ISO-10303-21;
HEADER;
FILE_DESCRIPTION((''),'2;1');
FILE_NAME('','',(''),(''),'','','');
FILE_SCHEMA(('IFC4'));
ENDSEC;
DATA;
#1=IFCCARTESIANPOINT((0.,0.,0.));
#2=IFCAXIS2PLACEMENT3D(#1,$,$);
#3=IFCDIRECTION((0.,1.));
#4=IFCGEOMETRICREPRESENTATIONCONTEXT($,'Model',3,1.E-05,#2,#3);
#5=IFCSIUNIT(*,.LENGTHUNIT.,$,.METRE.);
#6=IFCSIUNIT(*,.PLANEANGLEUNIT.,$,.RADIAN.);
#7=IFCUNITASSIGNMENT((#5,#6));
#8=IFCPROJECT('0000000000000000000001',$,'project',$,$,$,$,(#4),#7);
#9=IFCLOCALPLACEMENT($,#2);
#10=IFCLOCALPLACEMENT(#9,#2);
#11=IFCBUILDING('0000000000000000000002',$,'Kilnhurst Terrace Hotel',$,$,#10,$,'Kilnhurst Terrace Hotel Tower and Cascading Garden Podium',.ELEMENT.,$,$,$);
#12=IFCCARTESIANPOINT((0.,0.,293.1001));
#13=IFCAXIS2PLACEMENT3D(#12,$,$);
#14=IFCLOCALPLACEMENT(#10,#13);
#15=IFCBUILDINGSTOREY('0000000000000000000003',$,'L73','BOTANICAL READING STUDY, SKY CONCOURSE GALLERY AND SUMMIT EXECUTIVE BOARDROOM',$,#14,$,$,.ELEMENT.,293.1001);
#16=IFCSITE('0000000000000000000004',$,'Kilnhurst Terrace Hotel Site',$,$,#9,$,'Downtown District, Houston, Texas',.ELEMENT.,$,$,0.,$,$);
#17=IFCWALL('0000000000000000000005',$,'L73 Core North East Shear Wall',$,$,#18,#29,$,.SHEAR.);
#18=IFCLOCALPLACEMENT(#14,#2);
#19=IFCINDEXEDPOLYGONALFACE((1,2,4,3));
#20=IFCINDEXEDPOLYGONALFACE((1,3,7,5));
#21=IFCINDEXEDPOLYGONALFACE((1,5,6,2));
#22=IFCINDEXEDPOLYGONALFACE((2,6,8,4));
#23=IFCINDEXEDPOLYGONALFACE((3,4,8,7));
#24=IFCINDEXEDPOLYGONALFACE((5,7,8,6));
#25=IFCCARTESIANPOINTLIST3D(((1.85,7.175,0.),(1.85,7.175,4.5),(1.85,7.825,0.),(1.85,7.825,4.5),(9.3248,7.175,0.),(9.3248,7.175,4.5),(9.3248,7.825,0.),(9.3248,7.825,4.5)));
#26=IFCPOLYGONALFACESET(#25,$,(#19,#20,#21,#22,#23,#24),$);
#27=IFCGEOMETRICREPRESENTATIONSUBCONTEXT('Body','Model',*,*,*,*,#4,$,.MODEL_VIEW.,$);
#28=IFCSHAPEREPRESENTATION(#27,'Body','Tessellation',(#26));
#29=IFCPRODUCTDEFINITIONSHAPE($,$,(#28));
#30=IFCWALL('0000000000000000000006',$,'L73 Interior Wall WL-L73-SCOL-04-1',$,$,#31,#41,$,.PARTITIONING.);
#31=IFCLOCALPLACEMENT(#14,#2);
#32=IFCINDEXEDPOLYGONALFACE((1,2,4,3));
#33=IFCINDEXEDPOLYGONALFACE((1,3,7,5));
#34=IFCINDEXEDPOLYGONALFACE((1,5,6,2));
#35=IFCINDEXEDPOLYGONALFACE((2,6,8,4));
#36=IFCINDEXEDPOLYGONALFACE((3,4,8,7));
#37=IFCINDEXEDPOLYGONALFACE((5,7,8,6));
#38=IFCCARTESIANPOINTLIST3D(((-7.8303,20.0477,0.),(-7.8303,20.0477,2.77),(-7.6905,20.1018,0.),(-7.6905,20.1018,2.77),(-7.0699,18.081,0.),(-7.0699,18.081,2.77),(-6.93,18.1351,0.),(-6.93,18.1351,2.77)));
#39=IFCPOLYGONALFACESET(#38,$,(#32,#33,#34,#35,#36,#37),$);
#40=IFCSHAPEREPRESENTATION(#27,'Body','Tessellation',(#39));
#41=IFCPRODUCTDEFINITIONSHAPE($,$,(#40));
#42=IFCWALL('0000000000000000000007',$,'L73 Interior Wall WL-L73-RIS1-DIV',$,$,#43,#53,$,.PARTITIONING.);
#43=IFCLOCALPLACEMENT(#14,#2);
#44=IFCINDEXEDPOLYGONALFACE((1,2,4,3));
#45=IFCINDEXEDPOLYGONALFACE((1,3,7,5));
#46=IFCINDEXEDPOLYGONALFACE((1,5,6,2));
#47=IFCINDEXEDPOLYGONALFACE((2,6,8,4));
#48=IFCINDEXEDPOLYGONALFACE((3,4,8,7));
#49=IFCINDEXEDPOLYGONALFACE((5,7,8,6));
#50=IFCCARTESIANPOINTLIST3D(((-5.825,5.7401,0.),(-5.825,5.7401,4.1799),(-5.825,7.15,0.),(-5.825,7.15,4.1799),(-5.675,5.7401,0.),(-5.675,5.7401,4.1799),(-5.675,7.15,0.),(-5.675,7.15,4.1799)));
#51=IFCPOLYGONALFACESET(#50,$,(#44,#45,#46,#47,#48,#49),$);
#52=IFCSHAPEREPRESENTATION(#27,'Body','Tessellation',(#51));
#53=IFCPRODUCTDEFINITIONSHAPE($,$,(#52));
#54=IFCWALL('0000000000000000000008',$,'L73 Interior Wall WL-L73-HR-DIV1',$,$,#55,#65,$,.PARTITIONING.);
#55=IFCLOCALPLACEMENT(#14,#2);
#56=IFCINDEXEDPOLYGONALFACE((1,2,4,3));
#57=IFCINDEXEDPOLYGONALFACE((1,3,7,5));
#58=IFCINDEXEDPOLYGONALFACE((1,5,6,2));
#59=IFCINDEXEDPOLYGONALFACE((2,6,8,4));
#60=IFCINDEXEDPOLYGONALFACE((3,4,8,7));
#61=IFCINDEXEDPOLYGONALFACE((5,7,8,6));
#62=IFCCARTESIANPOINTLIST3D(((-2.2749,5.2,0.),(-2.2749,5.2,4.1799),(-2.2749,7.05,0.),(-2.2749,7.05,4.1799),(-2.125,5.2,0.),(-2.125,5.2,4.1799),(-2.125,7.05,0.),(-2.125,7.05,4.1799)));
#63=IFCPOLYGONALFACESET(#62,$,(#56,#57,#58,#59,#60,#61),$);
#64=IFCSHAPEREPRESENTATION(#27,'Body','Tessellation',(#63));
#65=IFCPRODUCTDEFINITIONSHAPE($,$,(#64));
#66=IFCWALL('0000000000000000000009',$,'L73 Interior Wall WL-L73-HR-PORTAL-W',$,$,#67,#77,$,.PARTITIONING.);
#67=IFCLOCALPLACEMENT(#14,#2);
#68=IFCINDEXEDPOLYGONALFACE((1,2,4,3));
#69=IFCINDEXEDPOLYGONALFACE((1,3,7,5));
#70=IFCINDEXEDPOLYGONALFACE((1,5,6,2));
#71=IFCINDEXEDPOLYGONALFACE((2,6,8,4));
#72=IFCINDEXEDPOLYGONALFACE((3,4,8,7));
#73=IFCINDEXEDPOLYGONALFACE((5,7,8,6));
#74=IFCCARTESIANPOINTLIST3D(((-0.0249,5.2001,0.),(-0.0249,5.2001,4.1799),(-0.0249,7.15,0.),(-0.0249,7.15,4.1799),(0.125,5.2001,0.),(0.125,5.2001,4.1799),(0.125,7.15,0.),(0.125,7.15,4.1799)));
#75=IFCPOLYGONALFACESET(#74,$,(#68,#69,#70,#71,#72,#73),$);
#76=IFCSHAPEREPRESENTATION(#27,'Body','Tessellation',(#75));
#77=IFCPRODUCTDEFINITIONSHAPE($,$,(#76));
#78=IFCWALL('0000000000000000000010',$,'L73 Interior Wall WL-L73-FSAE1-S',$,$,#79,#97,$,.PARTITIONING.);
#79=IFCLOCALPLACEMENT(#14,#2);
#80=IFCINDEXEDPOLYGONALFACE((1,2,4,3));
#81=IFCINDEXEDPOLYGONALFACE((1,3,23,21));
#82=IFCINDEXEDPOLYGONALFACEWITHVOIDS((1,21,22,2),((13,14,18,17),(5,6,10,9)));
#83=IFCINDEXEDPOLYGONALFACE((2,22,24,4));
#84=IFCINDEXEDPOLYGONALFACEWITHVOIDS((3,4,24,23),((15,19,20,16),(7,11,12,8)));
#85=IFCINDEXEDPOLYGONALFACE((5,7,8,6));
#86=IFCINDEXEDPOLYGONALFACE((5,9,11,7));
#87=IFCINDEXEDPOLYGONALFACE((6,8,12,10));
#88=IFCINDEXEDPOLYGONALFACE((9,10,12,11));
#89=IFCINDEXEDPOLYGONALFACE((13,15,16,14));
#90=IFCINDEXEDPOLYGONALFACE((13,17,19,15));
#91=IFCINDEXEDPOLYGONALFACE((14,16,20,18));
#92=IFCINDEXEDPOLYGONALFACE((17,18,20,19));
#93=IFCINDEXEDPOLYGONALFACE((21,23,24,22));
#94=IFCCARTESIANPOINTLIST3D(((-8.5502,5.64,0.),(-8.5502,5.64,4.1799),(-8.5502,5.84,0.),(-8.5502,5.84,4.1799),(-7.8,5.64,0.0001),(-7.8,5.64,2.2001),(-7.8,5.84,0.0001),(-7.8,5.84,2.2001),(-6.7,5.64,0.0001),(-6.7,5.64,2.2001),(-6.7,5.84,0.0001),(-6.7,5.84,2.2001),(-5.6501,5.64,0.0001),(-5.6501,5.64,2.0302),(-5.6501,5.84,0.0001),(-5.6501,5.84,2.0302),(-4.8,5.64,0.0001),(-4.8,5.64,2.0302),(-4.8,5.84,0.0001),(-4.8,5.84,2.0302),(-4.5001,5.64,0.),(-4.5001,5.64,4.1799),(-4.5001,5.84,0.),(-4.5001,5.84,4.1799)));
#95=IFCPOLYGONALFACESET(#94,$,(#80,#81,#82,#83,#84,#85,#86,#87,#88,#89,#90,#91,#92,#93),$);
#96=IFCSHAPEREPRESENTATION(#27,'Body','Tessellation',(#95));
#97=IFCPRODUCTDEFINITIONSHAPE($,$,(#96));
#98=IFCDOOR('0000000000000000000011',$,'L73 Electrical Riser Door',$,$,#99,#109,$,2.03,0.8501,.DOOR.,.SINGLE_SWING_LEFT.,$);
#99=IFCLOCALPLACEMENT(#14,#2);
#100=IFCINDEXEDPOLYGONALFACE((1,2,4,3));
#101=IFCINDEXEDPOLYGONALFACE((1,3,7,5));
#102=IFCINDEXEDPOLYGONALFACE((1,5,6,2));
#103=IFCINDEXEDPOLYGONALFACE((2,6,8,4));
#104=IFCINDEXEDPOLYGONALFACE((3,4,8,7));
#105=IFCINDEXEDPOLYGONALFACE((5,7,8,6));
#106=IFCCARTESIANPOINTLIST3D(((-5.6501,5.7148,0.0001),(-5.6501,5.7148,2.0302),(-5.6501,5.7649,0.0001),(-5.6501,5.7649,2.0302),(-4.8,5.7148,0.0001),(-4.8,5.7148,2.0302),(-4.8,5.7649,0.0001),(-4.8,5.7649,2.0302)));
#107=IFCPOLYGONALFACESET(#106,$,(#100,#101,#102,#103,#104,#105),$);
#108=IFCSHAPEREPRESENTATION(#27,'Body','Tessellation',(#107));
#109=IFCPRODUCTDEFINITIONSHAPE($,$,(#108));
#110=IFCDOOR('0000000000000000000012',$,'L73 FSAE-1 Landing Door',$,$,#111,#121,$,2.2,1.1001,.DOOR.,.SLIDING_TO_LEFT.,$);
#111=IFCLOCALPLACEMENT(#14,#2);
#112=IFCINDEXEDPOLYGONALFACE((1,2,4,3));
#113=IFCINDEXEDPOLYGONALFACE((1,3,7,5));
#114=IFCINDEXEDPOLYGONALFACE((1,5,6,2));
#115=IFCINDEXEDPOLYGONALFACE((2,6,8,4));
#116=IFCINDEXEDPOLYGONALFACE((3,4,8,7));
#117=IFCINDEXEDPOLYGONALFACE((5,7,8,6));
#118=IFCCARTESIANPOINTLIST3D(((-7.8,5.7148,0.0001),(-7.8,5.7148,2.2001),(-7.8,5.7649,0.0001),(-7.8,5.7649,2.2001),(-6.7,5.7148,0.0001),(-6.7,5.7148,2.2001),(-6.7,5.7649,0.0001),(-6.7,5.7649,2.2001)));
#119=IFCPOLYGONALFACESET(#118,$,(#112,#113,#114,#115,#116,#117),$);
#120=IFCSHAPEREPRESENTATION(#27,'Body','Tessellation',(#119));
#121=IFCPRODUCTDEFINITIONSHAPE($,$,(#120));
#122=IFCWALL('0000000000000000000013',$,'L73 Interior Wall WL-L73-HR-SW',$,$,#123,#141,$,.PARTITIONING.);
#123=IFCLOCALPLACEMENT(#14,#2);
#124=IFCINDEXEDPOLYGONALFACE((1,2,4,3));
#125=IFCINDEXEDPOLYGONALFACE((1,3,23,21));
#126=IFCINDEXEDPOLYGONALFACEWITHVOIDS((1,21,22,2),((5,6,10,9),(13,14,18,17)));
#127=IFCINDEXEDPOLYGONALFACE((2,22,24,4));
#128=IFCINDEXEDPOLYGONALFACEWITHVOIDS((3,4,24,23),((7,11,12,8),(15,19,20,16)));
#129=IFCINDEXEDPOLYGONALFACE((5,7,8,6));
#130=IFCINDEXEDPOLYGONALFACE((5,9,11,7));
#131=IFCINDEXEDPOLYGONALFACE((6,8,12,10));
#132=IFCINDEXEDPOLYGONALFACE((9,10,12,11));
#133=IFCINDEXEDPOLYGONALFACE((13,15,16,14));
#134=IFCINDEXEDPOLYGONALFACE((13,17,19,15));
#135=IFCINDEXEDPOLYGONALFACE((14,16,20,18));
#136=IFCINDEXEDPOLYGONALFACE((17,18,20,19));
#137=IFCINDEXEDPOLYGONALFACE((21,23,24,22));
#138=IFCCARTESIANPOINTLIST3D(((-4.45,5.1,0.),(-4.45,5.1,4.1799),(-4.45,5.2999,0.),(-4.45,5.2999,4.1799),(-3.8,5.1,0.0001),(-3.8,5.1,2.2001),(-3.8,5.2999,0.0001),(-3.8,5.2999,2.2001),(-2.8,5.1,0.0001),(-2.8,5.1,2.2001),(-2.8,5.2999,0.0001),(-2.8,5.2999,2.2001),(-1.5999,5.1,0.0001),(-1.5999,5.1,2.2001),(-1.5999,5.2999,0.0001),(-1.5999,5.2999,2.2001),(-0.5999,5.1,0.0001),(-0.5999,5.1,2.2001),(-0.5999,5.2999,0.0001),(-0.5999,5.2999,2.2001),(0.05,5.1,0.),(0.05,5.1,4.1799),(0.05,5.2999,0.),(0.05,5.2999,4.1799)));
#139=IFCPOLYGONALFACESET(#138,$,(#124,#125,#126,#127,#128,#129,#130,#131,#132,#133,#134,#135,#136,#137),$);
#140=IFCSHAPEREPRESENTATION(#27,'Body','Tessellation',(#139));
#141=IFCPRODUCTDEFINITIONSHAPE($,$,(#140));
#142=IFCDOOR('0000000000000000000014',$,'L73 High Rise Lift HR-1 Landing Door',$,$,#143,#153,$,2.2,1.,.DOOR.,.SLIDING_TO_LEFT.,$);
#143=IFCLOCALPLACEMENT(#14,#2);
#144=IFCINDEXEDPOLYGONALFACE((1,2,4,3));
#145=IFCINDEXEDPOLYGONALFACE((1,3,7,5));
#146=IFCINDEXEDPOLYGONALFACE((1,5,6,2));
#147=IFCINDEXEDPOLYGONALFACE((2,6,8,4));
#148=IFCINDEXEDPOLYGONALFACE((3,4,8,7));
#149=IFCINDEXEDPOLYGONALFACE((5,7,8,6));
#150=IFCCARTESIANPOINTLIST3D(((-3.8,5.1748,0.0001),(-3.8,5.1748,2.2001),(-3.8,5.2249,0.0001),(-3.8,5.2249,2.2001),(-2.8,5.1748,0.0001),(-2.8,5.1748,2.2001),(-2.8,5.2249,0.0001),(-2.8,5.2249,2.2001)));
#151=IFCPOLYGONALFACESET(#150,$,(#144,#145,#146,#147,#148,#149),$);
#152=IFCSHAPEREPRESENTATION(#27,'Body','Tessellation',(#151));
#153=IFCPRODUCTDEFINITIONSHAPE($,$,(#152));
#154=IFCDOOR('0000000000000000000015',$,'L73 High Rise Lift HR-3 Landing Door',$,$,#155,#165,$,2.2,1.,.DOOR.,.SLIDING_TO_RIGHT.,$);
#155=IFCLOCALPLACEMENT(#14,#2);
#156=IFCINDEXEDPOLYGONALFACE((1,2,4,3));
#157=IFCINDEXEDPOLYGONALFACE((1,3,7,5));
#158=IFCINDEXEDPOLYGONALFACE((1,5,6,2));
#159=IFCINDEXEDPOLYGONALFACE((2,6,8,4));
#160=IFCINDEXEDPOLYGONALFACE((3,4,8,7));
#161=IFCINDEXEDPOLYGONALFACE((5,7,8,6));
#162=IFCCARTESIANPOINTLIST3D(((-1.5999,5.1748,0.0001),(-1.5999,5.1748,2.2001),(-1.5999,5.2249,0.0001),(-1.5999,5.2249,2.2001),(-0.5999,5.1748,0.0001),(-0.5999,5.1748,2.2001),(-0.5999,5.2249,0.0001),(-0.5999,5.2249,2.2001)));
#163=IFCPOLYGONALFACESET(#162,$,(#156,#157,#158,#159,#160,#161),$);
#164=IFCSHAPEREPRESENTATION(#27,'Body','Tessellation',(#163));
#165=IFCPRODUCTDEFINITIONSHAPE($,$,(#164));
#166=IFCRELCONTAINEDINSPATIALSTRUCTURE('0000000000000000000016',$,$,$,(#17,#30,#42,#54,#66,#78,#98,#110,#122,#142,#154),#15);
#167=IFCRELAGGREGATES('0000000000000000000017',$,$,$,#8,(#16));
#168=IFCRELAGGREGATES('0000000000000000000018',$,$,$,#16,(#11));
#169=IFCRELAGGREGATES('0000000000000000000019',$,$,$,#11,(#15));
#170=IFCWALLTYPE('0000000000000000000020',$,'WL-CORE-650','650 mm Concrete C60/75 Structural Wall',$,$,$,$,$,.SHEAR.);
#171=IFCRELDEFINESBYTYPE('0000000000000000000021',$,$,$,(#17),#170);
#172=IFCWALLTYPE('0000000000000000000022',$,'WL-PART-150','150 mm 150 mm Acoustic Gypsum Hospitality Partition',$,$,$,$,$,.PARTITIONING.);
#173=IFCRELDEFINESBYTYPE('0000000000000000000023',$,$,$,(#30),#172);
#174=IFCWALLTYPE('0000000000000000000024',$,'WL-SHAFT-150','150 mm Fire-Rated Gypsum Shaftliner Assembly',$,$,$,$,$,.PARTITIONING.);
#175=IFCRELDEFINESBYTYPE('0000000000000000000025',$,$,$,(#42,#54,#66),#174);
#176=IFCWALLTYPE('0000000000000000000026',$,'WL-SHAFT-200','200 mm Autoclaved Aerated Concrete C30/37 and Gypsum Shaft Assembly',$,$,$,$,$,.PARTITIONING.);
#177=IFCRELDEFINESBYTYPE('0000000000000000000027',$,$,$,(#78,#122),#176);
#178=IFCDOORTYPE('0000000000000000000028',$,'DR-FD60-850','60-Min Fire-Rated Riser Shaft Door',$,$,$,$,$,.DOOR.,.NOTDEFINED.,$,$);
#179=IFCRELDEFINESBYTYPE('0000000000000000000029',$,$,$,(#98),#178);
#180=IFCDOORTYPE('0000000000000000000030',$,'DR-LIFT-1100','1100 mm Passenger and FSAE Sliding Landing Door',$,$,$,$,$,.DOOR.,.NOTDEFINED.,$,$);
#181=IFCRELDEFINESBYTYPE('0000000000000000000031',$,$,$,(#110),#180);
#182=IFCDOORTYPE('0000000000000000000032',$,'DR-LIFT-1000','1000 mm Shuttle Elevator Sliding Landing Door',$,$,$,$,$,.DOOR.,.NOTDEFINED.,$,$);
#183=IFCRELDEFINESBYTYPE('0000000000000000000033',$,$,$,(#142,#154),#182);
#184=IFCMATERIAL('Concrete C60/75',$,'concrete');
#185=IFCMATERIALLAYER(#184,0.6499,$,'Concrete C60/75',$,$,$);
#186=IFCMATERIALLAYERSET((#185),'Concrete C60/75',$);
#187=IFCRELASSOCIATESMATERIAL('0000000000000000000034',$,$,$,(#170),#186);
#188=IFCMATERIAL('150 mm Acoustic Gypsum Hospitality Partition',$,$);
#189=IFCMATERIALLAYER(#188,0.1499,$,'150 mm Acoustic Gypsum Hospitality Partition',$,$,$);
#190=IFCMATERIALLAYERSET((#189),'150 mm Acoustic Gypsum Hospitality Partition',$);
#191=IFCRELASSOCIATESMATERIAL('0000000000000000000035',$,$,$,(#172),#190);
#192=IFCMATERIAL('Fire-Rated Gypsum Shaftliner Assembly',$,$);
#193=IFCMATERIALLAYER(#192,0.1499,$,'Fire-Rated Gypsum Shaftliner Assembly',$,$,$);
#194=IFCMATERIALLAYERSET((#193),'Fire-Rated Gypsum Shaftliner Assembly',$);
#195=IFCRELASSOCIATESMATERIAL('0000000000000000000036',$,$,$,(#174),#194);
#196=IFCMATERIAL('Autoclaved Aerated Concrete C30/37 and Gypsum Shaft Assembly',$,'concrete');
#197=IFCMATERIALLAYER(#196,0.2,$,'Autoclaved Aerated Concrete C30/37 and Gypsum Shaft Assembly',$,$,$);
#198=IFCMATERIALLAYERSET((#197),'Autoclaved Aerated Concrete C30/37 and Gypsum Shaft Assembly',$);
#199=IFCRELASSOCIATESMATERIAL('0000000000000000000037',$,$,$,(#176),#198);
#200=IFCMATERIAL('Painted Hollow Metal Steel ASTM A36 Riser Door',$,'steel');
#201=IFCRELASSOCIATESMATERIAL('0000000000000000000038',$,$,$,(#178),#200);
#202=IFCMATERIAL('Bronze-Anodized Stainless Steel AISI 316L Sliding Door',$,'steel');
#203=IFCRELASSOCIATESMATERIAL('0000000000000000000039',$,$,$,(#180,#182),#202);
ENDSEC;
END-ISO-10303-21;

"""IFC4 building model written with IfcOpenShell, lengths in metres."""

from ifc_helpers import new_model, si_unit, direction, frame, frame_2d, origin, place, context, subcontext, project, spatial, rectangle, extrude, material, layer, layer_set, type_object, element, fill, save


model = new_model("IFC4")

# Units and contexts
model_context = context("Model", 3, precision=1e-05, world=origin(), true_north=direction((0.0, 1.0)))
body_context = subcontext(model_context, "Body", "Model", "MODEL_VIEW")
ifc_project = project(units=[si_unit("LENGTHUNIT", "METRE"), si_unit("PLANEANGLEUNIT", "RADIAN")], contexts=[model_context])

# Site, building, storey
site_placement = place(None, origin())
site = spatial("IfcSite", under=ifc_project, at=site_placement, Name="Kilnhurst Terrace Hotel Site", LongName="Downtown District, Houston, Texas", CompositionType="ELEMENT", RefElevation=0.0)
building_placement = place(site_placement, origin())
building = spatial("IfcBuilding", under=site, at=building_placement, Name="Kilnhurst Terrace Hotel", LongName="Kilnhurst Terrace Hotel Tower and Cascading Garden Podium", CompositionType="ELEMENT")
storey_placement = place(building_placement, frame((0.0, 0.0, 293.1001)))
storey = spatial("IfcBuildingStorey", under=building, at=storey_placement, Name="L73", Description="BOTANICAL READING STUDY, SKY CONCOURSE GALLERY AND SUMMIT EXECUTIVE BOARDROOM", CompositionType="ELEMENT", Elevation=293.1001)

# Shared definitions
ifc_material_1 = material(Name="Concrete C60/75", Category="concrete")

# Walls
ifc_layer_1 = layer(ifc_material_1, 0.6499, Name="Concrete C60/75")
ifc_layer_set_1 = layer_set([ifc_layer_1], Name="Concrete C60/75")
wall_type_1 = type_object("IfcWallType", Name="WL-CORE-650", Description="650 mm Concrete C60/75 Structural Wall", PredefinedType="SHEAR", material=ifc_layer_set_1)
wall_1_placement = place(storey_placement, frame((1.8501, 7.5, 0.0), z_axis=(0.0, 0.0, 1.0), x_axis=(1.0, 0.0, 0.0)))
element("IfcWall", 1, at=wall_1_placement, inside=storey, type_object=wall_type_1, Name="L73 Core North East Shear Wall", PredefinedType="SHEAR", context=body_context, shape_type="SweptSolid", body=[
    extrude(rectangle(XDim=7.4749, YDim=0.6499, at=frame_2d((3.7373, 0.0))), origin(), (0.0, 0.0, 1.0), 4.5),
])
ifc_material_2 = material(Name="150 mm Acoustic Gypsum Hospitality Partition")
ifc_layer_2 = layer(ifc_material_2, 0.1499, Name="150 mm Acoustic Gypsum Hospitality Partition")
ifc_layer_set_2 = layer_set([ifc_layer_2], Name="150 mm Acoustic Gypsum Hospitality Partition")
wall_type_2 = type_object("IfcWallType", Name="WL-PART-150", Description="150 mm 150 mm Acoustic Gypsum Hospitality Partition", PredefinedType="PARTITIONING", material=ifc_layer_set_2)
wall_2_placement = place(storey_placement, frame((-7.0, 18.1082, 0.0), z_axis=(0.0, 0.0, 1.0), x_axis=(-0.360647, 0.932703, 0.0)))
element("IfcWall", 2, at=wall_2_placement, inside=storey, type_object=wall_type_2, Name="L73 Interior Wall WL-L73-SCOL-04-1", PredefinedType="PARTITIONING", context=body_context, shape_type="SweptSolid", body=[
    extrude(rectangle(XDim=2.1086, YDim=0.1499, at=frame_2d((1.0542, 0.0))), origin(), (0.0, 0.0, 1.0), 2.77),
])
ifc_material_3 = material(Name="Fire-Rated Gypsum Shaftliner Assembly")
ifc_layer_3 = layer(ifc_material_3, 0.1499, Name="Fire-Rated Gypsum Shaftliner Assembly")
ifc_layer_set_3 = layer_set([ifc_layer_3], Name="Fire-Rated Gypsum Shaftliner Assembly")
wall_type_3 = type_object("IfcWallType", Name="WL-SHAFT-150", Description="150 mm Fire-Rated Gypsum Shaftliner Assembly", PredefinedType="PARTITIONING", material=ifc_layer_set_3)
wall_3_placement = place(storey_placement, frame((-5.75, 5.74, 0.0), z_axis=(0.0, 0.0, 1.0), x_axis=(0.0, 1.0, 0.0)))
element("IfcWall", 3, at=wall_3_placement, inside=storey, type_object=wall_type_3, Name="L73 Interior Wall WL-L73-RIS1-DIV", PredefinedType="PARTITIONING", context=body_context, shape_type="SweptSolid", body=[
    extrude(rectangle(XDim=1.4099, YDim=0.1499, at=frame_2d((0.7051, 0.0))), origin(), (0.0, 0.0, 1.0), 4.1799),
])
wall_4_placement = place(storey_placement, frame((-2.2, 5.2, 0.0), z_axis=(0.0, 0.0, 1.0), x_axis=(0.0, 1.0, 0.0)))
element("IfcWall", 4, at=wall_4_placement, inside=storey, type_object=wall_type_3, Name="L73 Interior Wall WL-L73-HR-DIV1", PredefinedType="PARTITIONING", context=body_context, shape_type="SweptSolid", body=[
    extrude(rectangle(XDim=1.8501, YDim=0.1499, at=frame_2d((0.925, 0.0))), origin(), (0.0, 0.0, 1.0), 4.1799),
])
wall_5_placement = place(storey_placement, frame((0.05, 5.2, 0.0), z_axis=(0.0, 0.0, 1.0), x_axis=(0.0, 1.0, 0.0)))
element("IfcWall", 5, at=wall_5_placement, inside=storey, type_object=wall_type_3, Name="L73 Interior Wall WL-L73-HR-PORTAL-W", PredefinedType="PARTITIONING", context=body_context, shape_type="SweptSolid", body=[
    extrude(rectangle(XDim=1.95, YDim=0.1499, at=frame_2d((0.9751, 0.0))), origin(), (0.0, 0.0, 1.0), 4.1799),
])

# Walls, openings, doors
ifc_material_4 = material(Name="Autoclaved Aerated Concrete C30/37 and Gypsum Shaft Assembly", Category="concrete")
ifc_layer_4 = layer(ifc_material_4, 0.2, Name="Autoclaved Aerated Concrete C30/37 and Gypsum Shaft Assembly")
ifc_layer_set_4 = layer_set([ifc_layer_4], Name="Autoclaved Aerated Concrete C30/37 and Gypsum Shaft Assembly")
wall_type_4 = type_object("IfcWallType", Name="WL-SHAFT-200", Description="200 mm Autoclaved Aerated Concrete C30/37 and Gypsum Shaft Assembly", PredefinedType="PARTITIONING", material=ifc_layer_set_4)
wall_6_placement = place(storey_placement, frame((-8.55, 5.74, 0.0), z_axis=(0.0, 0.0, 1.0), x_axis=(1.0, 0.0, 0.0)))
wall_6 = element("IfcWall", 6, at=wall_6_placement, inside=storey, type_object=wall_type_4, Name="L73 Interior Wall WL-L73-FSAE1-S", PredefinedType="PARTITIONING", context=body_context, shape_type="SweptSolid", body=[
    extrude(rectangle(XDim=4.05, YDim=0.2, at=frame_2d((2.0249, 0.0))), origin(), (0.0, 0.0, 1.0), 4.1799),
])
opening_1_placement = place(wall_6_placement, frame((0.75, 0.0, 0.0)))
opening_1 = element("IfcOpeningElement", 7, at=opening_1_placement, cuts=wall_6, PredefinedType="OPENING", context=body_context, shape_type="SweptSolid", body=[
    extrude(rectangle(XDim=1.1001, YDim=2.2, at=frame_2d((0.55, 1.1001))), frame((0.0, 0.1099, 0.0), z_axis=(0.0, -1.0, 0.0), x_axis=(1.0, 0.0, 0.0)), (0.0, 0.0, 1.0), 0.22),
])
opening_2_placement = place(wall_6_placement, frame((2.8999, 0.0, 0.0)))
opening_2 = element("IfcOpeningElement", 8, at=opening_2_placement, cuts=wall_6, PredefinedType="OPENING", context=body_context, shape_type="SweptSolid", body=[
    extrude(rectangle(XDim=0.8501, YDim=2.03, at=frame_2d((0.425, 1.0151))), frame((0.0, 0.1099, 0.0), z_axis=(0.0, -1.0, 0.0), x_axis=(1.0, 0.0, 0.0)), (0.0, 0.0, 1.0), 0.22),
])
ifc_material_5 = material(Name="Painted Hollow Metal Steel ASTM A36 Riser Door", Category="steel")
door_type_1 = type_object("IfcDoorType", Name="DR-FD60-850", Description="60-Min Fire-Rated Riser Shaft Door", OperationType="NOTDEFINED", PredefinedType="DOOR", material=ifc_material_5)
door_1_placement = place(opening_2_placement, origin())
door_1 = element("IfcDoor", 9, at=door_1_placement, inside=storey, type_object=door_type_1, Name="L73 Electrical Riser Door", OperationType="SINGLE_SWING_LEFT", OverallHeight=2.03, OverallWidth=0.8501, PredefinedType="DOOR", context=body_context, shape_type="SweptSolid", body=[
    extrude(rectangle(XDim=0.8501, YDim=2.03, at=frame_2d((0.425, 1.0151))), frame((0.0, 0.0249, 0.0), z_axis=(0.0, -1.0, 0.0), x_axis=(1.0, 0.0, 0.0)), (0.0, 0.0, 1.0), 0.05),
])
fill(opening_2, door_1)
ifc_material_6 = material(Name="Bronze-Anodized Stainless Steel AISI 316L Sliding Door", Category="steel")
door_type_2 = type_object("IfcDoorType", Name="DR-LIFT-1100", Description="1100 mm Passenger and FSAE Sliding Landing Door", OperationType="NOTDEFINED", PredefinedType="DOOR", material=ifc_material_6)
door_2_placement = place(opening_1_placement, origin())
door_2 = element("IfcDoor", 10, at=door_2_placement, inside=storey, type_object=door_type_2, Name="L73 FSAE-1 Landing Door", OperationType="SLIDING_TO_LEFT", OverallHeight=2.2, OverallWidth=1.1001, PredefinedType="DOOR", context=body_context, shape_type="SweptSolid", body=[
    extrude(rectangle(XDim=1.1001, YDim=2.2, at=frame_2d((0.55, 1.1001))), frame((0.0, 0.0249, 0.0), z_axis=(0.0, -1.0, 0.0), x_axis=(1.0, 0.0, 0.0)), (0.0, 0.0, 1.0), 0.05),
])
fill(opening_1, door_2)
wall_7_placement = place(storey_placement, frame((-4.45, 5.2, 0.0), z_axis=(0.0, 0.0, 1.0), x_axis=(1.0, 0.0, 0.0)))
wall_7 = element("IfcWall", 11, at=wall_7_placement, inside=storey, type_object=wall_type_4, Name="L73 Interior Wall WL-L73-HR-SW", PredefinedType="PARTITIONING", context=body_context, shape_type="SweptSolid", body=[
    extrude(rectangle(XDim=4.5, YDim=0.2, at=frame_2d((2.25, 0.0))), origin(), (0.0, 0.0, 1.0), 4.1799),
])
opening_3_placement = place(wall_7_placement, frame((0.6499, 0.0, 0.0)))
opening_3 = element("IfcOpeningElement", 12, at=opening_3_placement, cuts=wall_7, PredefinedType="OPENING", context=body_context, shape_type="SweptSolid", body=[
    extrude(rectangle(XDim=1.0, YDim=2.2, at=frame_2d((0.5, 1.1001))), frame((0.0, 0.1099, 0.0), z_axis=(0.0, -1.0, 0.0), x_axis=(1.0, 0.0, 0.0)), (0.0, 0.0, 1.0), 0.22),
])
opening_4_placement = place(wall_7_placement, frame((2.8501, 0.0, 0.0)))
opening_4 = element("IfcOpeningElement", 13, at=opening_4_placement, cuts=wall_7, PredefinedType="OPENING", context=body_context, shape_type="SweptSolid", body=[
    extrude(rectangle(XDim=1.0, YDim=2.2, at=frame_2d((0.5, 1.1001))), frame((0.0, 0.1099, 0.0), z_axis=(0.0, -1.0, 0.0), x_axis=(1.0, 0.0, 0.0)), (0.0, 0.0, 1.0), 0.22),
])
door_type_3 = type_object("IfcDoorType", Name="DR-LIFT-1000", Description="1000 mm Shuttle Elevator Sliding Landing Door", OperationType="NOTDEFINED", PredefinedType="DOOR", material=ifc_material_6)
door_3_placement = place(opening_3_placement, origin())
door_3 = element("IfcDoor", 14, at=door_3_placement, inside=storey, type_object=door_type_3, Name="L73 High Rise Lift HR-1 Landing Door", OperationType="SLIDING_TO_LEFT", OverallHeight=2.2, OverallWidth=1.0, PredefinedType="DOOR", context=body_context, shape_type="SweptSolid", body=[
    extrude(rectangle(XDim=1.0, YDim=2.2, at=frame_2d((0.5, 1.1001))), frame((0.0, 0.0249, 0.0), z_axis=(0.0, -1.0, 0.0), x_axis=(1.0, 0.0, 0.0)), (0.0, 0.0, 1.0), 0.05),
])
fill(opening_3, door_3)
door_4_placement = place(opening_4_placement, origin())
door_4 = element("IfcDoor", 15, at=door_4_placement, inside=storey, type_object=door_type_3, Name="L73 High Rise Lift HR-3 Landing Door", OperationType="SLIDING_TO_RIGHT", OverallHeight=2.2, OverallWidth=1.0, PredefinedType="DOOR", context=body_context, shape_type="SweptSolid", body=[
    extrude(rectangle(XDim=1.0, YDim=2.2, at=frame_2d((0.5, 1.1001))), frame((0.0, 0.0249, 0.0), z_axis=(0.0, -1.0, 0.0), x_axis=(1.0, 0.0, 0.0)), (0.0, 0.0, 1.0), 0.05),
])
fill(opening_4, door_4)

save(model, "model.ifc")
